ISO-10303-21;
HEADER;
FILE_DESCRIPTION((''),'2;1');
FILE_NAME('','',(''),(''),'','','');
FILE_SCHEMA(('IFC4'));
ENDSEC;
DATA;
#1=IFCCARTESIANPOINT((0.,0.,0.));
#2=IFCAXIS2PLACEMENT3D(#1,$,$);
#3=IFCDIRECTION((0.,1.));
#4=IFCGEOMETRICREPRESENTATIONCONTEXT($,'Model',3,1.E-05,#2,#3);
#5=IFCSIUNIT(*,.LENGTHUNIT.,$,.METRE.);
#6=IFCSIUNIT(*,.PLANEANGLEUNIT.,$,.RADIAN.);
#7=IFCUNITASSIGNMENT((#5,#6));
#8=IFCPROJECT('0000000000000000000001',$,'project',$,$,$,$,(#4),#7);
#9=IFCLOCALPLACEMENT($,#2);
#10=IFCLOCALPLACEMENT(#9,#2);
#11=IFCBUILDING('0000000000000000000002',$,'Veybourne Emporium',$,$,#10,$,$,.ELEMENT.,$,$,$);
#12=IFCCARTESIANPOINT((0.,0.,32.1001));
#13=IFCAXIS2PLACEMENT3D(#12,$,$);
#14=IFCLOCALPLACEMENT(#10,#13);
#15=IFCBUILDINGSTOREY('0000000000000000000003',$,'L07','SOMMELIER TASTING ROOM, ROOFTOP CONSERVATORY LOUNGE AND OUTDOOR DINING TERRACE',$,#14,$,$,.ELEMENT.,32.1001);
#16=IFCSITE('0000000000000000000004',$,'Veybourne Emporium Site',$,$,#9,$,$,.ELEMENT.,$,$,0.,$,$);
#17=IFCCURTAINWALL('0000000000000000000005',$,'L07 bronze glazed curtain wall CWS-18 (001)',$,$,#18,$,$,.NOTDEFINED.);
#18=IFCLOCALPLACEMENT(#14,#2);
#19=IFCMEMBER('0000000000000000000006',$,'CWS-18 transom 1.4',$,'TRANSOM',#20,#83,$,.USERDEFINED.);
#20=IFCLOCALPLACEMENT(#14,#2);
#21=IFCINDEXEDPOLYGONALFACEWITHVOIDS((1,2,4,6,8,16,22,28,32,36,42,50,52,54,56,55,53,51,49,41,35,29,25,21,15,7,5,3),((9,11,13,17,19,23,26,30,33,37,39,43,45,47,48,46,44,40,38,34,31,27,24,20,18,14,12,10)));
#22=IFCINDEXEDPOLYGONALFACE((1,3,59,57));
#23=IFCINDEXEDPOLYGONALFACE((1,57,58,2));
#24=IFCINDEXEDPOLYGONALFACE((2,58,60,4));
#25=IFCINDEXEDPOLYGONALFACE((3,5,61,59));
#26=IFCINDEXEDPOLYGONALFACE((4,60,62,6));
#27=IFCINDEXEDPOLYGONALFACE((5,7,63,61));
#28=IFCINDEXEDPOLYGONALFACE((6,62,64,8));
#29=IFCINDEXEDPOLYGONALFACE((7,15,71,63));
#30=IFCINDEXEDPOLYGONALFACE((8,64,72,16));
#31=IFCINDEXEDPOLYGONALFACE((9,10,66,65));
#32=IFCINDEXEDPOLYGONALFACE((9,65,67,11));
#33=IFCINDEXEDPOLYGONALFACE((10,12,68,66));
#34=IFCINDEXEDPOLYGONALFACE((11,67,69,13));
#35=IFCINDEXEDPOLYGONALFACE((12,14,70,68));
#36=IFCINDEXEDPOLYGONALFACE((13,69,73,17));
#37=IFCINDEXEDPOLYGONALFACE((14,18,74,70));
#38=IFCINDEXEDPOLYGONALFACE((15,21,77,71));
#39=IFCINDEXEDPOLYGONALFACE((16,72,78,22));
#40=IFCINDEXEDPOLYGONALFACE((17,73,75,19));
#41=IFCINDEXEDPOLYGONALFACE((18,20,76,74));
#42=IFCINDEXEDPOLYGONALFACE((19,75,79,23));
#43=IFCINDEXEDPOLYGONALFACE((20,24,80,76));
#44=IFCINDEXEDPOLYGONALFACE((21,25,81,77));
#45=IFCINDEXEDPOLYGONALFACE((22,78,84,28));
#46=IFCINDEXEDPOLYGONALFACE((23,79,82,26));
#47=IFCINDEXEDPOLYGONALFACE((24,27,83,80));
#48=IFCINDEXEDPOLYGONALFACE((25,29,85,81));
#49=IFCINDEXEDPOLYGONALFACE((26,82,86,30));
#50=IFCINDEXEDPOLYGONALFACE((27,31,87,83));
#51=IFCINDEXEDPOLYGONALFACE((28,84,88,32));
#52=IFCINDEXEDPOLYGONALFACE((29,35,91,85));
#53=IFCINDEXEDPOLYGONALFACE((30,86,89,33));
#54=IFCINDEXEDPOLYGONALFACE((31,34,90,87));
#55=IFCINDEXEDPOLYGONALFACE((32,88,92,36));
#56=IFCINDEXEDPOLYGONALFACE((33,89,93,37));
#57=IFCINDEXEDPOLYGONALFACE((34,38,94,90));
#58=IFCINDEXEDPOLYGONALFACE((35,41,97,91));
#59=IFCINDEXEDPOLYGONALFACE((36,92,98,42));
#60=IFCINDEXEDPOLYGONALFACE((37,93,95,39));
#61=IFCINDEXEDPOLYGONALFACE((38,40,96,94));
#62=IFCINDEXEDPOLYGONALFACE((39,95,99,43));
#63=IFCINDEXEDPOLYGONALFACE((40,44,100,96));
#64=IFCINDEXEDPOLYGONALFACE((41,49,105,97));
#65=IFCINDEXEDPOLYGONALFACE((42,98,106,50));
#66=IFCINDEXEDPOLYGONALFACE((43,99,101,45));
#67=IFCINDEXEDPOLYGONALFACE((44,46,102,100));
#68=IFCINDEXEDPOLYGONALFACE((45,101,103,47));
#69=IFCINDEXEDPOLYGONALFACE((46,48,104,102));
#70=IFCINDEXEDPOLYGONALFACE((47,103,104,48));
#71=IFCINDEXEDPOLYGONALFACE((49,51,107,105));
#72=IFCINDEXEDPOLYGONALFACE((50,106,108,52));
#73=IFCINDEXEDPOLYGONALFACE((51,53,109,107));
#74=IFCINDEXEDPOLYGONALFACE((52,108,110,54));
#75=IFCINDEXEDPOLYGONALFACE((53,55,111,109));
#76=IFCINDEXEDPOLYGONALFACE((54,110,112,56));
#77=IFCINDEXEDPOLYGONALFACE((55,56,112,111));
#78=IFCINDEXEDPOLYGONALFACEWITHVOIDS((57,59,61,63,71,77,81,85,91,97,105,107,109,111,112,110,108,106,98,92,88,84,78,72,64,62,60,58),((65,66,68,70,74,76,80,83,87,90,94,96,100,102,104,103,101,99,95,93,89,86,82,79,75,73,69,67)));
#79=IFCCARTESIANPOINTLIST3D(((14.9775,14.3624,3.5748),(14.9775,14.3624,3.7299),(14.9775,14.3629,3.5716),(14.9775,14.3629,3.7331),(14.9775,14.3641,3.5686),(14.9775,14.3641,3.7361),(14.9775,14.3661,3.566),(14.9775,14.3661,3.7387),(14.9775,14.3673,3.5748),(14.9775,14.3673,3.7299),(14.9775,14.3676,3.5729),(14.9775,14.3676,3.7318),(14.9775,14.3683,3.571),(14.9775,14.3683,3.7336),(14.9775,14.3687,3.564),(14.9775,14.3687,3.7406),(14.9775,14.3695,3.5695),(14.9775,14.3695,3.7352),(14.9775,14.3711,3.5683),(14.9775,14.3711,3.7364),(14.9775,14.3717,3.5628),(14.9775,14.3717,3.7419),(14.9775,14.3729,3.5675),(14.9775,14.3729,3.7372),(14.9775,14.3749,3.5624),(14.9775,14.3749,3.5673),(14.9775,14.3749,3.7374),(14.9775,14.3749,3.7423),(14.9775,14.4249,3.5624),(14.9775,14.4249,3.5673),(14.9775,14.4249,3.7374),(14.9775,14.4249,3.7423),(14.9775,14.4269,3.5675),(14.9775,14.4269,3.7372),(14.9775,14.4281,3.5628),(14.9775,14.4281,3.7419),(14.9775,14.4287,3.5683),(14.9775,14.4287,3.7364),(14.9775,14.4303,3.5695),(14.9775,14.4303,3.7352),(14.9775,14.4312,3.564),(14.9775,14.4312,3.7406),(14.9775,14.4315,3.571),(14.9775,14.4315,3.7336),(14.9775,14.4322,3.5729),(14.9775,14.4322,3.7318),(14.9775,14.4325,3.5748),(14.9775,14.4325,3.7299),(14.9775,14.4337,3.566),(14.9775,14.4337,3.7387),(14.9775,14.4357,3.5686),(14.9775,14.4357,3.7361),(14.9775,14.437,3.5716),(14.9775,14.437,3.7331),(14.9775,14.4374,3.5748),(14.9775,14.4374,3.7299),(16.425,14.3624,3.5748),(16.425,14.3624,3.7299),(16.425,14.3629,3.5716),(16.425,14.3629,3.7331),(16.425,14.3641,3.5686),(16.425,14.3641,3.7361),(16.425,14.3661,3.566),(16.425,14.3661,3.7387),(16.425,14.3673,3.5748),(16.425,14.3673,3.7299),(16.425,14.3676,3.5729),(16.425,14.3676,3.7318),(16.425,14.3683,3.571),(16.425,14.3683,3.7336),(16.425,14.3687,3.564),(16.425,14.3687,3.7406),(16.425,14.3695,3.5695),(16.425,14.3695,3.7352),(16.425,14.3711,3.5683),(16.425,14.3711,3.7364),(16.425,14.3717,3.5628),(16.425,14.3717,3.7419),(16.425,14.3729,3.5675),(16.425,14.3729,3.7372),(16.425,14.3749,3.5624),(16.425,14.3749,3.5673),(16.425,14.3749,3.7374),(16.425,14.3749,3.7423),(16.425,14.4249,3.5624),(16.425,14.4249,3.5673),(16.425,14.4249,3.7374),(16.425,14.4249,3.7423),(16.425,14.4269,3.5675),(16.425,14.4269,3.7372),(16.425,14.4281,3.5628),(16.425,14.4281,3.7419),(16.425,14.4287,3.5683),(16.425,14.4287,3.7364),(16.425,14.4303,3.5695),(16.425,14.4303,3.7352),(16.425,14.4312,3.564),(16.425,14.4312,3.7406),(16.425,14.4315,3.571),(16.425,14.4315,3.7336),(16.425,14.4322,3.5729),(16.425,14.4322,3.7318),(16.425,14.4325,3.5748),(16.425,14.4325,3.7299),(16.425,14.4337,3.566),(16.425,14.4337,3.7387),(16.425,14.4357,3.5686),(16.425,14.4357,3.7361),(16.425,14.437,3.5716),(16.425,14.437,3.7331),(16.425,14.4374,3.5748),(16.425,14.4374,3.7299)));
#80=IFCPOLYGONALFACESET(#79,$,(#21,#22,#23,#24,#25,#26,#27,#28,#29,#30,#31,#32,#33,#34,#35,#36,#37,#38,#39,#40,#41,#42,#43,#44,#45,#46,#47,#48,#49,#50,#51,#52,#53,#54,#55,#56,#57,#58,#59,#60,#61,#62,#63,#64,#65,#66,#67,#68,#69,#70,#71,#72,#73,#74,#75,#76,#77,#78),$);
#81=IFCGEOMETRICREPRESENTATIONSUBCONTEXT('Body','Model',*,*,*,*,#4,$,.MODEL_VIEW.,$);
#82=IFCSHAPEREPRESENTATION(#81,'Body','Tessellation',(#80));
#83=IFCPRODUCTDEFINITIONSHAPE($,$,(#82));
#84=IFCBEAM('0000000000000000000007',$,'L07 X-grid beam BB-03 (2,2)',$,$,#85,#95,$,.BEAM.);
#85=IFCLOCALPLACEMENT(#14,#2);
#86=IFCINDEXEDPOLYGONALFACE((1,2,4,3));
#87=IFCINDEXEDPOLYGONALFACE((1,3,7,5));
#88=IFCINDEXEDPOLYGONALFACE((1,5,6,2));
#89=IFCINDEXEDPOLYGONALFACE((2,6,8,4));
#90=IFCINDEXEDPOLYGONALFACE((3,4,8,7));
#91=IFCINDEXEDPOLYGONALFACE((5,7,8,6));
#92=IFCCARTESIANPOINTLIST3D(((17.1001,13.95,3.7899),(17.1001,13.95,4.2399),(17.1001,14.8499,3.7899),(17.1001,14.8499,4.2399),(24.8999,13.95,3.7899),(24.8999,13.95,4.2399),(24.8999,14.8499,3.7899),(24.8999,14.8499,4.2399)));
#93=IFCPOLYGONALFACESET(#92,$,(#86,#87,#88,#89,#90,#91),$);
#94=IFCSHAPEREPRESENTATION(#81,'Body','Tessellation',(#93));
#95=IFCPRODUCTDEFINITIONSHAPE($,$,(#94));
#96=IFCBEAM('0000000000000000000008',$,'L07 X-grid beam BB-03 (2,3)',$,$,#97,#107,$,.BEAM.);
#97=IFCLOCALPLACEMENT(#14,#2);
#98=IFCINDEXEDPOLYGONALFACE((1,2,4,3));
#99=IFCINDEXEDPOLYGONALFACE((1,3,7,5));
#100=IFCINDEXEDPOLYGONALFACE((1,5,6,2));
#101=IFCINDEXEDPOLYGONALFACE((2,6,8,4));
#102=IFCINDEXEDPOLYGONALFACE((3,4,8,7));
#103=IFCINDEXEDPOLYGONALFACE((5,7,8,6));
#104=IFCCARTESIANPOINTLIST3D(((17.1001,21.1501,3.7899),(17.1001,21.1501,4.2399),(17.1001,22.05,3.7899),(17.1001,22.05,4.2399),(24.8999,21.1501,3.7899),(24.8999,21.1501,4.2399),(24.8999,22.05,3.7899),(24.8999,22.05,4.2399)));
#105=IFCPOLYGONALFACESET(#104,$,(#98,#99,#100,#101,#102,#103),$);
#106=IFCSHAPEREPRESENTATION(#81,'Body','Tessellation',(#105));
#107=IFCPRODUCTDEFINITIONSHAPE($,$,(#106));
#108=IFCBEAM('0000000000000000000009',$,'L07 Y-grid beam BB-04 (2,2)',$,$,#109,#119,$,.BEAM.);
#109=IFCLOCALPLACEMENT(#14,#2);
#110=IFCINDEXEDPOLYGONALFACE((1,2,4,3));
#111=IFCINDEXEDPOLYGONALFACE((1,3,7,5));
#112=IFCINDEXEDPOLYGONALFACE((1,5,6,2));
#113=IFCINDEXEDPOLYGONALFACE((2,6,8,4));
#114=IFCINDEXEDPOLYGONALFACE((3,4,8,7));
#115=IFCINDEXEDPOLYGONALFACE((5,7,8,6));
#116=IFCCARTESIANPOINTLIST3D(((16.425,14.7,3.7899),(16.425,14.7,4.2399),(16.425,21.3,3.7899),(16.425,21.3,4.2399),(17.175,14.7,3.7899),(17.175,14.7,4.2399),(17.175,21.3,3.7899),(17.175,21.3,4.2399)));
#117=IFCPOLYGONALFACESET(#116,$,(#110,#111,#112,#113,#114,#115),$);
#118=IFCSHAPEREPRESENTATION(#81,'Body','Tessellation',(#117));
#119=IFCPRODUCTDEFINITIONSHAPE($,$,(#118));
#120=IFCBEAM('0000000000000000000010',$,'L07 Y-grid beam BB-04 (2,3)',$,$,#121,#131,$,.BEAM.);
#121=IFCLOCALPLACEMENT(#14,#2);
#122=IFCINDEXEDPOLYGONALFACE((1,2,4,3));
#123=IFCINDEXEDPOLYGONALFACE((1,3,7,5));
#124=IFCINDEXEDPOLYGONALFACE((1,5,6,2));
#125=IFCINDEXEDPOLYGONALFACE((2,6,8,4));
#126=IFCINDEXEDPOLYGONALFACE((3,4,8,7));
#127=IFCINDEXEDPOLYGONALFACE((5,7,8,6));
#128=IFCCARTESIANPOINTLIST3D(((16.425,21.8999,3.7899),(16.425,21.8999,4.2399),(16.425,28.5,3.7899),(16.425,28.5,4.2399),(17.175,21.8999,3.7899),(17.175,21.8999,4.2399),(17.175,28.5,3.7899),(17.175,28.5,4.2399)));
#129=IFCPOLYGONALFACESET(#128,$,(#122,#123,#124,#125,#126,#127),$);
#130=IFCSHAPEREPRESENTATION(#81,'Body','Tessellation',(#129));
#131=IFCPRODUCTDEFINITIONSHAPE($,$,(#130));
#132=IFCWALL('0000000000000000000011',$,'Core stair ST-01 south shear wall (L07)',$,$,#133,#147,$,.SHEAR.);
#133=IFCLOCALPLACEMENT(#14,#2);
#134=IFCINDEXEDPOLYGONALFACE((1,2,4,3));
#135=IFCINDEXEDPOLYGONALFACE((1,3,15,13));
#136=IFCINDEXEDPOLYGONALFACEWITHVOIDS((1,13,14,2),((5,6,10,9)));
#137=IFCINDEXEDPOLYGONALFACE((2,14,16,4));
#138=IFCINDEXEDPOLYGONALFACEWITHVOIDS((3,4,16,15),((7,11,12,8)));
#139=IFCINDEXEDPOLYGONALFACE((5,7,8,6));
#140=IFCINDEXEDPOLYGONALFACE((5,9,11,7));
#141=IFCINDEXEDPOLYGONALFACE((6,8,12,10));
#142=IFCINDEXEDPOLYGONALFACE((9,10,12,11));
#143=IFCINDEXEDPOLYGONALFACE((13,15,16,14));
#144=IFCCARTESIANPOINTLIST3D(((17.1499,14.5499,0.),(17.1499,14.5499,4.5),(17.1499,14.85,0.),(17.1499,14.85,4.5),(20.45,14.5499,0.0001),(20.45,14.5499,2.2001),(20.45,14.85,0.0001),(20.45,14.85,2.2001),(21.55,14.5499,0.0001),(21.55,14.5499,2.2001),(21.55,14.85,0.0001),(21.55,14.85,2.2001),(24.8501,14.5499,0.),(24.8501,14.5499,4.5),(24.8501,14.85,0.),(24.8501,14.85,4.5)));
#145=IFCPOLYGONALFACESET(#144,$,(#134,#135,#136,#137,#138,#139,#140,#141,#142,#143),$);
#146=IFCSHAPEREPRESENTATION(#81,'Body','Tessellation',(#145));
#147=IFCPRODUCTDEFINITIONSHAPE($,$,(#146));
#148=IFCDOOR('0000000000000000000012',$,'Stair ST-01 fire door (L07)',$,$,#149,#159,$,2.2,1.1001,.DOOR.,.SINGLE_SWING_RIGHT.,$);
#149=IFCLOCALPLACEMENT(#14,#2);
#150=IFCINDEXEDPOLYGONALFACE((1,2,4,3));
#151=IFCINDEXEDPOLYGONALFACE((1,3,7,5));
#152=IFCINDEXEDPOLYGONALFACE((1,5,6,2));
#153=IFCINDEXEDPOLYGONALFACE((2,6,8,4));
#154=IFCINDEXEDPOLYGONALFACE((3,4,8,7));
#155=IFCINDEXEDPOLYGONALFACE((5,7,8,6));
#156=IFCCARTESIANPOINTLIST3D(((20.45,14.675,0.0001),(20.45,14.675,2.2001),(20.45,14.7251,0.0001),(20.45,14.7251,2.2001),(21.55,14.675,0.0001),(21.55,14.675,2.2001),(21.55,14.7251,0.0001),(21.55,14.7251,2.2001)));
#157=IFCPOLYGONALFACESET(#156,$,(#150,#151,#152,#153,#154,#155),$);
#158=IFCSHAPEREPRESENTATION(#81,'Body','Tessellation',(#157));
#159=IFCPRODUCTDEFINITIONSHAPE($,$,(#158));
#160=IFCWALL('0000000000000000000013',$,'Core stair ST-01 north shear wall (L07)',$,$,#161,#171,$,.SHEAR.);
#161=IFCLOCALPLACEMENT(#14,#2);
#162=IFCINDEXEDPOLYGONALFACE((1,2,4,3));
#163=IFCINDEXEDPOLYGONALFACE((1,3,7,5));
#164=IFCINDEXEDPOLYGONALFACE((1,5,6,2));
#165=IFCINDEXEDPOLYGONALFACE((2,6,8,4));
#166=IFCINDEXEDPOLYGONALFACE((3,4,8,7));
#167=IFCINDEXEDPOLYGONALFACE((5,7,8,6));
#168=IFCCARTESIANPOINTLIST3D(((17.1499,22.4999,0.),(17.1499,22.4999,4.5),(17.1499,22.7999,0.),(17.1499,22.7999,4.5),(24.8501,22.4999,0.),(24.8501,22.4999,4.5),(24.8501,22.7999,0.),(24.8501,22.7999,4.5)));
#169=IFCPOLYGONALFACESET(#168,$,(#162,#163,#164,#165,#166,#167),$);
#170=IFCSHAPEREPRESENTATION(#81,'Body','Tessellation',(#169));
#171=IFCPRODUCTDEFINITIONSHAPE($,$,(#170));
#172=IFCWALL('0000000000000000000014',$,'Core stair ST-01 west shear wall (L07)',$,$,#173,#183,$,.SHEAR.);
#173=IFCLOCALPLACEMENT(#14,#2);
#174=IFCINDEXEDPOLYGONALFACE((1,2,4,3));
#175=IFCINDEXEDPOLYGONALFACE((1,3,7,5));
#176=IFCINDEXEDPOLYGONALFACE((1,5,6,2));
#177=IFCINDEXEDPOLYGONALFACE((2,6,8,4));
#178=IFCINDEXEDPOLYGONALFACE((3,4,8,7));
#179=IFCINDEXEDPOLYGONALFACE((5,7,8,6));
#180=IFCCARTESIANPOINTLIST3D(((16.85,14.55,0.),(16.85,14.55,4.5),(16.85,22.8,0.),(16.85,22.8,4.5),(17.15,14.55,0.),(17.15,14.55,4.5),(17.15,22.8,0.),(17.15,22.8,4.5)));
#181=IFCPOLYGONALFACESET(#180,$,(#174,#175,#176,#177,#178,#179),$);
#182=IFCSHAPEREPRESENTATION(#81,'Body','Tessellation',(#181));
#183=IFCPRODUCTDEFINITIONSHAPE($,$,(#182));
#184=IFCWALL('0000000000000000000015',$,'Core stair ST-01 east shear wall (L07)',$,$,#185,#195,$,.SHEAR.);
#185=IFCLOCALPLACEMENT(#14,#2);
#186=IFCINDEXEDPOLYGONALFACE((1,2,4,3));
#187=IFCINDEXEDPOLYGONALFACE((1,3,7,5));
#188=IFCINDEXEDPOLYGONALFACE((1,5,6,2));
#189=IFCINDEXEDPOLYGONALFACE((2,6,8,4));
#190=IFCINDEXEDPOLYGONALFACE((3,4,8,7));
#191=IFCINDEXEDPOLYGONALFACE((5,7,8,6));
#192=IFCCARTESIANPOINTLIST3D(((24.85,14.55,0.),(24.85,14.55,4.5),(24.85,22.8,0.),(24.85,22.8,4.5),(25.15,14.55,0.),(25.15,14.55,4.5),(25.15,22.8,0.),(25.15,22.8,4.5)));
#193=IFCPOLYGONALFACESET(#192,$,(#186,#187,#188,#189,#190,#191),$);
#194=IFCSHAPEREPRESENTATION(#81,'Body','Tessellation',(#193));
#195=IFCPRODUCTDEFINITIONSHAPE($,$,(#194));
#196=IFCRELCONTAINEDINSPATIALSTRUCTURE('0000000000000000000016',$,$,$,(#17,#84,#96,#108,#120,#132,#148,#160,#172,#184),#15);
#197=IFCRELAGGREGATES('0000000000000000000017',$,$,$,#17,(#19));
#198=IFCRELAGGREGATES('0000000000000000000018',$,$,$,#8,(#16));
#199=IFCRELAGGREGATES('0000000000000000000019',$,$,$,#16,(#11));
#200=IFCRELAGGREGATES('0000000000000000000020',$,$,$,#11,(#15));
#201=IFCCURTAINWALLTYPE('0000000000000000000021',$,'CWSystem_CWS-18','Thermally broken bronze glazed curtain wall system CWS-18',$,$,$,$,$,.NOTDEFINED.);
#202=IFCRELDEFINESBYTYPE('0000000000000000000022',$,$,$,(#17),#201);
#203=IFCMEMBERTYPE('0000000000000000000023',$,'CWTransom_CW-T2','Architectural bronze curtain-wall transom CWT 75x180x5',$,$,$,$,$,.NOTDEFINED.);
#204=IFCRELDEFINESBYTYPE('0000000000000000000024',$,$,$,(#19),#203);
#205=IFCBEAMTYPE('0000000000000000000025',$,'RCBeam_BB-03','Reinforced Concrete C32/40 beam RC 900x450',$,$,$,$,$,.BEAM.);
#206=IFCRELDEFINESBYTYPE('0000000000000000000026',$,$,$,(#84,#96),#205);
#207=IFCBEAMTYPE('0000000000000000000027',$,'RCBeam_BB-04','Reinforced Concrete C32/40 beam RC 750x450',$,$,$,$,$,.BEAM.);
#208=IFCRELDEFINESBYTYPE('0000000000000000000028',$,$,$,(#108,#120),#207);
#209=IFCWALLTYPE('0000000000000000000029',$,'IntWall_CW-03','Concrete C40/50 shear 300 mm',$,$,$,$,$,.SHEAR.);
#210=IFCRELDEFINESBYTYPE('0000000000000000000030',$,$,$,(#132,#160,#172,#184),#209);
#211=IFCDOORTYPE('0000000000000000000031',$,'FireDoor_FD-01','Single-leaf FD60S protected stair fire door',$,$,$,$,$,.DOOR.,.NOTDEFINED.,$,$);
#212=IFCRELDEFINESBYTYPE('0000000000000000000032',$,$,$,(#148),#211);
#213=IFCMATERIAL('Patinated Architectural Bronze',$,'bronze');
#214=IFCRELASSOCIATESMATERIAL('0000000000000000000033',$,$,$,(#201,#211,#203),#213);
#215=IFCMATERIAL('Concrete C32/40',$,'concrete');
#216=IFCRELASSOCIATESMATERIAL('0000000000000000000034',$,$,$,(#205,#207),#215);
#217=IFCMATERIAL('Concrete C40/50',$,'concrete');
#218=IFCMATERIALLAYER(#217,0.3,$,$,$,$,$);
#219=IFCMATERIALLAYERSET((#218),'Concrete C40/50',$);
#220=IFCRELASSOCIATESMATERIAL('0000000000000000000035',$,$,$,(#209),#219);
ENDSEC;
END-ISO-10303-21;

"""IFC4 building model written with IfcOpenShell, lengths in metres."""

from ifc_helpers import new_model, si_unit, direction, frame, frame_2d, origin, origin_2d, place, context, subcontext, project, spatial, rectangle, hollow_rectangle, extrude, material, layer, layer_set, material_profile, profile_set, type_object, element, fill, aggregate, save


model = new_model("IFC4")

# Units and contexts
model_context = context("Model", 3, precision=1e-05, world=origin(), true_north=direction((0.0, 1.0)))
body_context = subcontext(model_context, "Body", "Model", "MODEL_VIEW")
ifc_project = project(units=[si_unit("LENGTHUNIT", "METRE"), si_unit("PLANEANGLEUNIT", "RADIAN")], contexts=[model_context])

# Site, building, storey
site_placement = place(None, origin())
site = spatial("IfcSite", under=ifc_project, at=site_placement, Name="Veybourne Emporium Site", CompositionType="ELEMENT", RefElevation=0.0)
building_placement = place(site_placement, origin())
building = spatial("IfcBuilding", under=site, at=building_placement, Name="Veybourne Emporium", CompositionType="ELEMENT")
storey_placement = place(building_placement, frame((0.0, 0.0, 32.1001)))
storey = spatial("IfcBuildingStorey", under=building, at=storey_placement, Name="L07", Description="SOMMELIER TASTING ROOM, ROOFTOP CONSERVATORY LOUNGE AND OUTDOOR DINING TERRACE", CompositionType="ELEMENT", Elevation=32.1001)

# Shared definitions
ifc_material_1 = material(Name="Concrete C40/50", Category="concrete")

# Curtain wall, member
ifc_material_2 = material(Name="Patinated Architectural Bronze", Category="bronze")
curtain_wall_type = type_object("IfcCurtainWallType", Name="CWSystem_CWS-18", Description="Thermally broken bronze glazed curtain wall system CWS-18", PredefinedType="NOTDEFINED", material=ifc_material_2)
curtain_wall_placement = place(storey_placement, origin())
curtain_wall = element("IfcCurtainWall", 1, at=curtain_wall_placement, inside=storey, type_object=curtain_wall_type, Name="L07 bronze glazed curtain wall CWS-18 (001)", PredefinedType="NOTDEFINED")
ifc_material_profile_1 = material_profile(ifc_material_2, hollow_rectangle(XDim=0.075, YDim=0.1799, WallThickness=0.0049, InnerFilletRadius=0.0076, OuterFilletRadius=0.0125, at=origin_2d()), Name="CWT 75x180x5")
ifc_profile_set_1 = profile_set([ifc_material_profile_1], Name="Patinated Architectural Bronze")
member_type_1 = type_object("IfcMemberType", Name="CWTransom_CW-T2", Description="Architectural bronze curtain-wall transom CWT 75x180x5", PredefinedType="NOTDEFINED", material=ifc_profile_set_1)
member_1_placement = place(storey_placement, frame((16.425, 14.3999, 3.6523), z_axis=(-1.0, 0.0, 0.0), x_axis=(0.0, -1.0, 0.0)))
member_1 = element("IfcMember", 2, at=member_1_placement, type_object=member_type_1, Name="CWS-18 transom 1.4", ObjectType="TRANSOM", PredefinedType="USERDEFINED", context=body_context, shape_type="SweptSolid", body=[
    extrude(hollow_rectangle(XDim=0.075, YDim=0.1799, WallThickness=0.0049, InnerFilletRadius=0.0076, OuterFilletRadius=0.0125, at=origin_2d()), origin(), (0.0, 0.0, 1.0), 1.4475),
])
aggregate(curtain_wall, [member_1])

# Beams
ifc_material_3 = material(Name="Concrete C32/40", Category="concrete")
ifc_material_profile_2 = material_profile(ifc_material_3, rectangle(XDim=0.8999, YDim=0.45, at=origin_2d()), Name="RC 900x450")
ifc_profile_set_2 = profile_set([ifc_material_profile_2], Name="Concrete C32/40")
beam_type_1 = type_object("IfcBeamType", Name="RCBeam_BB-03", Description="Reinforced Concrete C32/40 beam RC 900x450", PredefinedType="BEAM", material=ifc_profile_set_2)
for number, where, z_axis, x_axis, name in (
    (3, (17.1001, 14.3999, 4.0149), (1.0, 0.0, 0.0), (0.0, 1.0, 0.0), "L07 X-grid beam BB-03 (2,2)"),
    (4, (17.1001, 21.6001, 4.0149), (1.0, 0.0, 0.0), (0.0, 1.0, 0.0), "L07 X-grid beam BB-03 (2,3)"),
):
    element("IfcBeam", number, at=place(storey_placement, frame(where, z_axis=z_axis, x_axis=x_axis)), inside=storey, type_object=beam_type_1, Name=name, PredefinedType="BEAM", context=body_context, shape_type="SweptSolid", body=[
        extrude(rectangle(XDim=0.8999, YDim=0.45, at=origin_2d()), origin(), (0.0, 0.0, 1.0), 7.7998),
    ])
ifc_material_profile_3 = material_profile(ifc_material_3, rectangle(XDim=0.75, YDim=0.45, at=origin_2d()), Name="RC 750x450")
ifc_profile_set_3 = profile_set([ifc_material_profile_3], Name="Concrete C32/40")
beam_type_2 = type_object("IfcBeamType", Name="RCBeam_BB-04", Description="Reinforced Concrete C32/40 beam RC 750x450", PredefinedType="BEAM", material=ifc_profile_set_3)
for number, where, z_axis, x_axis, name in (
    (5, (16.8, 14.7, 4.0149), (0.0, 1.0, 0.0), (-1.0, 0.0, 0.0), "L07 Y-grid beam BB-04 (2,2)"),
    (6, (16.8, 21.8999, 4.0149), (0.0, 1.0, 0.0), (-1.0, 0.0, 0.0), "L07 Y-grid beam BB-04 (2,3)"),
):
    element("IfcBeam", number, at=place(storey_placement, frame(where, z_axis=z_axis, x_axis=x_axis)), inside=storey, type_object=beam_type_2, Name=name, PredefinedType="BEAM", context=body_context, shape_type="SweptSolid", body=[
        extrude(rectangle(XDim=0.75, YDim=0.45, at=origin_2d()), origin(), (0.0, 0.0, 1.0), 6.6001),
    ])

# Wall, opening, door
ifc_layer_1 = layer(ifc_material_1, 0.3)
ifc_layer_set_1 = layer_set([ifc_layer_1], Name="Concrete C40/50")
wall_type_1 = type_object("IfcWallType", Name="IntWall_CW-03", Description="Concrete C40/50 shear 300 mm", PredefinedType="SHEAR", material=ifc_layer_set_1)
wall_1_placement = place(storey_placement, frame((24.8501, 14.7, 0.0), z_axis=(0.0, 0.0, 1.0), x_axis=(-1.0, 0.0, 0.0)))
wall_1 = element("IfcWall", 7, at=wall_1_placement, inside=storey, type_object=wall_type_1, Name="Core stair ST-01 south shear wall (L07)", PredefinedType="SHEAR", context=body_context, shape_type="SweptSolid", body=[
    extrude(rectangle(XDim=7.7002, YDim=0.3, at=frame_2d((3.8501, 0.0))), origin(), (0.0, 0.0, 1.0), 4.5),
])
opening_1_placement = place(wall_1_placement, frame((3.3, 0.0, 0.0)))
opening_1 = element("IfcOpeningElement", 8, at=opening_1_placement, cuts=wall_1, PredefinedType="OPENING", context=body_context, shape_type="SweptSolid", body=[
    extrude(rectangle(XDim=1.1001, YDim=2.2, at=frame_2d((0.55, 1.1001))), frame((0.0, 0.1699, 0.0), z_axis=(0.0, -1.0, 0.0), x_axis=(1.0, 0.0, 0.0)), (0.0, 0.0, 1.0), 0.3401),
])
door_type_1 = type_object("IfcDoorType", Name="FireDoor_FD-01", Description="Single-leaf FD60S protected stair fire door", OperationType="NOTDEFINED", PredefinedType="DOOR", material=ifc_material_2)
door_1_placement = place(opening_1_placement, origin())
door_1 = element("IfcDoor", 9, at=door_1_placement, inside=storey, type_object=door_type_1, Name="Stair ST-01 fire door (L07)", OperationType="SINGLE_SWING_RIGHT", OverallHeight=2.2, OverallWidth=1.1001, PredefinedType="DOOR", context=body_context, shape_type="SweptSolid", body=[
    extrude(rectangle(XDim=1.1001, YDim=2.2, at=frame_2d((0.55, 1.1001))), frame((0.0, 0.0249, 0.0), z_axis=(0.0, -1.0, 0.0), x_axis=(1.0, 0.0, 0.0)), (0.0, 0.0, 1.0), 0.05),
])
fill(opening_1, door_1)

# Walls
wall_2_placement = place(storey_placement, frame((17.1499, 22.6499, 0.0), z_axis=(0.0, 0.0, 1.0), x_axis=(1.0, 0.0, 0.0)))
element("IfcWall", 10, at=wall_2_placement, inside=storey, type_object=wall_type_1, Name="Core stair ST-01 north shear wall (L07)", PredefinedType="SHEAR", context=body_context, shape_type="SweptSolid", body=[
    extrude(rectangle(XDim=7.7002, YDim=0.3, at=frame_2d((3.8501, 0.0))), origin(), (0.0, 0.0, 1.0), 4.5),
])
for number, where, z_axis, x_axis, name in (
    (11, (17.0, 22.8, 0.0), (0.0, 0.0, 1.0), (0.0, -1.0, 0.0), "Core stair ST-01 west shear wall (L07)"),
    (12, (25.0, 14.55, 0.0), (0.0, 0.0, 1.0), (0.0, 1.0, 0.0), "Core stair ST-01 east shear wall (L07)"),
):
    element("IfcWall", number, at=place(storey_placement, frame(where, z_axis=z_axis, x_axis=x_axis)), inside=storey, type_object=wall_type_1, Name=name, PredefinedType="SHEAR", context=body_context, shape_type="SweptSolid", body=[
        extrude(rectangle(XDim=8.25, YDim=0.3, at=frame_2d((4.125, 0.0))), origin(), (0.0, 0.0, 1.0), 4.5),
    ])

save(model, "model.ifc")
